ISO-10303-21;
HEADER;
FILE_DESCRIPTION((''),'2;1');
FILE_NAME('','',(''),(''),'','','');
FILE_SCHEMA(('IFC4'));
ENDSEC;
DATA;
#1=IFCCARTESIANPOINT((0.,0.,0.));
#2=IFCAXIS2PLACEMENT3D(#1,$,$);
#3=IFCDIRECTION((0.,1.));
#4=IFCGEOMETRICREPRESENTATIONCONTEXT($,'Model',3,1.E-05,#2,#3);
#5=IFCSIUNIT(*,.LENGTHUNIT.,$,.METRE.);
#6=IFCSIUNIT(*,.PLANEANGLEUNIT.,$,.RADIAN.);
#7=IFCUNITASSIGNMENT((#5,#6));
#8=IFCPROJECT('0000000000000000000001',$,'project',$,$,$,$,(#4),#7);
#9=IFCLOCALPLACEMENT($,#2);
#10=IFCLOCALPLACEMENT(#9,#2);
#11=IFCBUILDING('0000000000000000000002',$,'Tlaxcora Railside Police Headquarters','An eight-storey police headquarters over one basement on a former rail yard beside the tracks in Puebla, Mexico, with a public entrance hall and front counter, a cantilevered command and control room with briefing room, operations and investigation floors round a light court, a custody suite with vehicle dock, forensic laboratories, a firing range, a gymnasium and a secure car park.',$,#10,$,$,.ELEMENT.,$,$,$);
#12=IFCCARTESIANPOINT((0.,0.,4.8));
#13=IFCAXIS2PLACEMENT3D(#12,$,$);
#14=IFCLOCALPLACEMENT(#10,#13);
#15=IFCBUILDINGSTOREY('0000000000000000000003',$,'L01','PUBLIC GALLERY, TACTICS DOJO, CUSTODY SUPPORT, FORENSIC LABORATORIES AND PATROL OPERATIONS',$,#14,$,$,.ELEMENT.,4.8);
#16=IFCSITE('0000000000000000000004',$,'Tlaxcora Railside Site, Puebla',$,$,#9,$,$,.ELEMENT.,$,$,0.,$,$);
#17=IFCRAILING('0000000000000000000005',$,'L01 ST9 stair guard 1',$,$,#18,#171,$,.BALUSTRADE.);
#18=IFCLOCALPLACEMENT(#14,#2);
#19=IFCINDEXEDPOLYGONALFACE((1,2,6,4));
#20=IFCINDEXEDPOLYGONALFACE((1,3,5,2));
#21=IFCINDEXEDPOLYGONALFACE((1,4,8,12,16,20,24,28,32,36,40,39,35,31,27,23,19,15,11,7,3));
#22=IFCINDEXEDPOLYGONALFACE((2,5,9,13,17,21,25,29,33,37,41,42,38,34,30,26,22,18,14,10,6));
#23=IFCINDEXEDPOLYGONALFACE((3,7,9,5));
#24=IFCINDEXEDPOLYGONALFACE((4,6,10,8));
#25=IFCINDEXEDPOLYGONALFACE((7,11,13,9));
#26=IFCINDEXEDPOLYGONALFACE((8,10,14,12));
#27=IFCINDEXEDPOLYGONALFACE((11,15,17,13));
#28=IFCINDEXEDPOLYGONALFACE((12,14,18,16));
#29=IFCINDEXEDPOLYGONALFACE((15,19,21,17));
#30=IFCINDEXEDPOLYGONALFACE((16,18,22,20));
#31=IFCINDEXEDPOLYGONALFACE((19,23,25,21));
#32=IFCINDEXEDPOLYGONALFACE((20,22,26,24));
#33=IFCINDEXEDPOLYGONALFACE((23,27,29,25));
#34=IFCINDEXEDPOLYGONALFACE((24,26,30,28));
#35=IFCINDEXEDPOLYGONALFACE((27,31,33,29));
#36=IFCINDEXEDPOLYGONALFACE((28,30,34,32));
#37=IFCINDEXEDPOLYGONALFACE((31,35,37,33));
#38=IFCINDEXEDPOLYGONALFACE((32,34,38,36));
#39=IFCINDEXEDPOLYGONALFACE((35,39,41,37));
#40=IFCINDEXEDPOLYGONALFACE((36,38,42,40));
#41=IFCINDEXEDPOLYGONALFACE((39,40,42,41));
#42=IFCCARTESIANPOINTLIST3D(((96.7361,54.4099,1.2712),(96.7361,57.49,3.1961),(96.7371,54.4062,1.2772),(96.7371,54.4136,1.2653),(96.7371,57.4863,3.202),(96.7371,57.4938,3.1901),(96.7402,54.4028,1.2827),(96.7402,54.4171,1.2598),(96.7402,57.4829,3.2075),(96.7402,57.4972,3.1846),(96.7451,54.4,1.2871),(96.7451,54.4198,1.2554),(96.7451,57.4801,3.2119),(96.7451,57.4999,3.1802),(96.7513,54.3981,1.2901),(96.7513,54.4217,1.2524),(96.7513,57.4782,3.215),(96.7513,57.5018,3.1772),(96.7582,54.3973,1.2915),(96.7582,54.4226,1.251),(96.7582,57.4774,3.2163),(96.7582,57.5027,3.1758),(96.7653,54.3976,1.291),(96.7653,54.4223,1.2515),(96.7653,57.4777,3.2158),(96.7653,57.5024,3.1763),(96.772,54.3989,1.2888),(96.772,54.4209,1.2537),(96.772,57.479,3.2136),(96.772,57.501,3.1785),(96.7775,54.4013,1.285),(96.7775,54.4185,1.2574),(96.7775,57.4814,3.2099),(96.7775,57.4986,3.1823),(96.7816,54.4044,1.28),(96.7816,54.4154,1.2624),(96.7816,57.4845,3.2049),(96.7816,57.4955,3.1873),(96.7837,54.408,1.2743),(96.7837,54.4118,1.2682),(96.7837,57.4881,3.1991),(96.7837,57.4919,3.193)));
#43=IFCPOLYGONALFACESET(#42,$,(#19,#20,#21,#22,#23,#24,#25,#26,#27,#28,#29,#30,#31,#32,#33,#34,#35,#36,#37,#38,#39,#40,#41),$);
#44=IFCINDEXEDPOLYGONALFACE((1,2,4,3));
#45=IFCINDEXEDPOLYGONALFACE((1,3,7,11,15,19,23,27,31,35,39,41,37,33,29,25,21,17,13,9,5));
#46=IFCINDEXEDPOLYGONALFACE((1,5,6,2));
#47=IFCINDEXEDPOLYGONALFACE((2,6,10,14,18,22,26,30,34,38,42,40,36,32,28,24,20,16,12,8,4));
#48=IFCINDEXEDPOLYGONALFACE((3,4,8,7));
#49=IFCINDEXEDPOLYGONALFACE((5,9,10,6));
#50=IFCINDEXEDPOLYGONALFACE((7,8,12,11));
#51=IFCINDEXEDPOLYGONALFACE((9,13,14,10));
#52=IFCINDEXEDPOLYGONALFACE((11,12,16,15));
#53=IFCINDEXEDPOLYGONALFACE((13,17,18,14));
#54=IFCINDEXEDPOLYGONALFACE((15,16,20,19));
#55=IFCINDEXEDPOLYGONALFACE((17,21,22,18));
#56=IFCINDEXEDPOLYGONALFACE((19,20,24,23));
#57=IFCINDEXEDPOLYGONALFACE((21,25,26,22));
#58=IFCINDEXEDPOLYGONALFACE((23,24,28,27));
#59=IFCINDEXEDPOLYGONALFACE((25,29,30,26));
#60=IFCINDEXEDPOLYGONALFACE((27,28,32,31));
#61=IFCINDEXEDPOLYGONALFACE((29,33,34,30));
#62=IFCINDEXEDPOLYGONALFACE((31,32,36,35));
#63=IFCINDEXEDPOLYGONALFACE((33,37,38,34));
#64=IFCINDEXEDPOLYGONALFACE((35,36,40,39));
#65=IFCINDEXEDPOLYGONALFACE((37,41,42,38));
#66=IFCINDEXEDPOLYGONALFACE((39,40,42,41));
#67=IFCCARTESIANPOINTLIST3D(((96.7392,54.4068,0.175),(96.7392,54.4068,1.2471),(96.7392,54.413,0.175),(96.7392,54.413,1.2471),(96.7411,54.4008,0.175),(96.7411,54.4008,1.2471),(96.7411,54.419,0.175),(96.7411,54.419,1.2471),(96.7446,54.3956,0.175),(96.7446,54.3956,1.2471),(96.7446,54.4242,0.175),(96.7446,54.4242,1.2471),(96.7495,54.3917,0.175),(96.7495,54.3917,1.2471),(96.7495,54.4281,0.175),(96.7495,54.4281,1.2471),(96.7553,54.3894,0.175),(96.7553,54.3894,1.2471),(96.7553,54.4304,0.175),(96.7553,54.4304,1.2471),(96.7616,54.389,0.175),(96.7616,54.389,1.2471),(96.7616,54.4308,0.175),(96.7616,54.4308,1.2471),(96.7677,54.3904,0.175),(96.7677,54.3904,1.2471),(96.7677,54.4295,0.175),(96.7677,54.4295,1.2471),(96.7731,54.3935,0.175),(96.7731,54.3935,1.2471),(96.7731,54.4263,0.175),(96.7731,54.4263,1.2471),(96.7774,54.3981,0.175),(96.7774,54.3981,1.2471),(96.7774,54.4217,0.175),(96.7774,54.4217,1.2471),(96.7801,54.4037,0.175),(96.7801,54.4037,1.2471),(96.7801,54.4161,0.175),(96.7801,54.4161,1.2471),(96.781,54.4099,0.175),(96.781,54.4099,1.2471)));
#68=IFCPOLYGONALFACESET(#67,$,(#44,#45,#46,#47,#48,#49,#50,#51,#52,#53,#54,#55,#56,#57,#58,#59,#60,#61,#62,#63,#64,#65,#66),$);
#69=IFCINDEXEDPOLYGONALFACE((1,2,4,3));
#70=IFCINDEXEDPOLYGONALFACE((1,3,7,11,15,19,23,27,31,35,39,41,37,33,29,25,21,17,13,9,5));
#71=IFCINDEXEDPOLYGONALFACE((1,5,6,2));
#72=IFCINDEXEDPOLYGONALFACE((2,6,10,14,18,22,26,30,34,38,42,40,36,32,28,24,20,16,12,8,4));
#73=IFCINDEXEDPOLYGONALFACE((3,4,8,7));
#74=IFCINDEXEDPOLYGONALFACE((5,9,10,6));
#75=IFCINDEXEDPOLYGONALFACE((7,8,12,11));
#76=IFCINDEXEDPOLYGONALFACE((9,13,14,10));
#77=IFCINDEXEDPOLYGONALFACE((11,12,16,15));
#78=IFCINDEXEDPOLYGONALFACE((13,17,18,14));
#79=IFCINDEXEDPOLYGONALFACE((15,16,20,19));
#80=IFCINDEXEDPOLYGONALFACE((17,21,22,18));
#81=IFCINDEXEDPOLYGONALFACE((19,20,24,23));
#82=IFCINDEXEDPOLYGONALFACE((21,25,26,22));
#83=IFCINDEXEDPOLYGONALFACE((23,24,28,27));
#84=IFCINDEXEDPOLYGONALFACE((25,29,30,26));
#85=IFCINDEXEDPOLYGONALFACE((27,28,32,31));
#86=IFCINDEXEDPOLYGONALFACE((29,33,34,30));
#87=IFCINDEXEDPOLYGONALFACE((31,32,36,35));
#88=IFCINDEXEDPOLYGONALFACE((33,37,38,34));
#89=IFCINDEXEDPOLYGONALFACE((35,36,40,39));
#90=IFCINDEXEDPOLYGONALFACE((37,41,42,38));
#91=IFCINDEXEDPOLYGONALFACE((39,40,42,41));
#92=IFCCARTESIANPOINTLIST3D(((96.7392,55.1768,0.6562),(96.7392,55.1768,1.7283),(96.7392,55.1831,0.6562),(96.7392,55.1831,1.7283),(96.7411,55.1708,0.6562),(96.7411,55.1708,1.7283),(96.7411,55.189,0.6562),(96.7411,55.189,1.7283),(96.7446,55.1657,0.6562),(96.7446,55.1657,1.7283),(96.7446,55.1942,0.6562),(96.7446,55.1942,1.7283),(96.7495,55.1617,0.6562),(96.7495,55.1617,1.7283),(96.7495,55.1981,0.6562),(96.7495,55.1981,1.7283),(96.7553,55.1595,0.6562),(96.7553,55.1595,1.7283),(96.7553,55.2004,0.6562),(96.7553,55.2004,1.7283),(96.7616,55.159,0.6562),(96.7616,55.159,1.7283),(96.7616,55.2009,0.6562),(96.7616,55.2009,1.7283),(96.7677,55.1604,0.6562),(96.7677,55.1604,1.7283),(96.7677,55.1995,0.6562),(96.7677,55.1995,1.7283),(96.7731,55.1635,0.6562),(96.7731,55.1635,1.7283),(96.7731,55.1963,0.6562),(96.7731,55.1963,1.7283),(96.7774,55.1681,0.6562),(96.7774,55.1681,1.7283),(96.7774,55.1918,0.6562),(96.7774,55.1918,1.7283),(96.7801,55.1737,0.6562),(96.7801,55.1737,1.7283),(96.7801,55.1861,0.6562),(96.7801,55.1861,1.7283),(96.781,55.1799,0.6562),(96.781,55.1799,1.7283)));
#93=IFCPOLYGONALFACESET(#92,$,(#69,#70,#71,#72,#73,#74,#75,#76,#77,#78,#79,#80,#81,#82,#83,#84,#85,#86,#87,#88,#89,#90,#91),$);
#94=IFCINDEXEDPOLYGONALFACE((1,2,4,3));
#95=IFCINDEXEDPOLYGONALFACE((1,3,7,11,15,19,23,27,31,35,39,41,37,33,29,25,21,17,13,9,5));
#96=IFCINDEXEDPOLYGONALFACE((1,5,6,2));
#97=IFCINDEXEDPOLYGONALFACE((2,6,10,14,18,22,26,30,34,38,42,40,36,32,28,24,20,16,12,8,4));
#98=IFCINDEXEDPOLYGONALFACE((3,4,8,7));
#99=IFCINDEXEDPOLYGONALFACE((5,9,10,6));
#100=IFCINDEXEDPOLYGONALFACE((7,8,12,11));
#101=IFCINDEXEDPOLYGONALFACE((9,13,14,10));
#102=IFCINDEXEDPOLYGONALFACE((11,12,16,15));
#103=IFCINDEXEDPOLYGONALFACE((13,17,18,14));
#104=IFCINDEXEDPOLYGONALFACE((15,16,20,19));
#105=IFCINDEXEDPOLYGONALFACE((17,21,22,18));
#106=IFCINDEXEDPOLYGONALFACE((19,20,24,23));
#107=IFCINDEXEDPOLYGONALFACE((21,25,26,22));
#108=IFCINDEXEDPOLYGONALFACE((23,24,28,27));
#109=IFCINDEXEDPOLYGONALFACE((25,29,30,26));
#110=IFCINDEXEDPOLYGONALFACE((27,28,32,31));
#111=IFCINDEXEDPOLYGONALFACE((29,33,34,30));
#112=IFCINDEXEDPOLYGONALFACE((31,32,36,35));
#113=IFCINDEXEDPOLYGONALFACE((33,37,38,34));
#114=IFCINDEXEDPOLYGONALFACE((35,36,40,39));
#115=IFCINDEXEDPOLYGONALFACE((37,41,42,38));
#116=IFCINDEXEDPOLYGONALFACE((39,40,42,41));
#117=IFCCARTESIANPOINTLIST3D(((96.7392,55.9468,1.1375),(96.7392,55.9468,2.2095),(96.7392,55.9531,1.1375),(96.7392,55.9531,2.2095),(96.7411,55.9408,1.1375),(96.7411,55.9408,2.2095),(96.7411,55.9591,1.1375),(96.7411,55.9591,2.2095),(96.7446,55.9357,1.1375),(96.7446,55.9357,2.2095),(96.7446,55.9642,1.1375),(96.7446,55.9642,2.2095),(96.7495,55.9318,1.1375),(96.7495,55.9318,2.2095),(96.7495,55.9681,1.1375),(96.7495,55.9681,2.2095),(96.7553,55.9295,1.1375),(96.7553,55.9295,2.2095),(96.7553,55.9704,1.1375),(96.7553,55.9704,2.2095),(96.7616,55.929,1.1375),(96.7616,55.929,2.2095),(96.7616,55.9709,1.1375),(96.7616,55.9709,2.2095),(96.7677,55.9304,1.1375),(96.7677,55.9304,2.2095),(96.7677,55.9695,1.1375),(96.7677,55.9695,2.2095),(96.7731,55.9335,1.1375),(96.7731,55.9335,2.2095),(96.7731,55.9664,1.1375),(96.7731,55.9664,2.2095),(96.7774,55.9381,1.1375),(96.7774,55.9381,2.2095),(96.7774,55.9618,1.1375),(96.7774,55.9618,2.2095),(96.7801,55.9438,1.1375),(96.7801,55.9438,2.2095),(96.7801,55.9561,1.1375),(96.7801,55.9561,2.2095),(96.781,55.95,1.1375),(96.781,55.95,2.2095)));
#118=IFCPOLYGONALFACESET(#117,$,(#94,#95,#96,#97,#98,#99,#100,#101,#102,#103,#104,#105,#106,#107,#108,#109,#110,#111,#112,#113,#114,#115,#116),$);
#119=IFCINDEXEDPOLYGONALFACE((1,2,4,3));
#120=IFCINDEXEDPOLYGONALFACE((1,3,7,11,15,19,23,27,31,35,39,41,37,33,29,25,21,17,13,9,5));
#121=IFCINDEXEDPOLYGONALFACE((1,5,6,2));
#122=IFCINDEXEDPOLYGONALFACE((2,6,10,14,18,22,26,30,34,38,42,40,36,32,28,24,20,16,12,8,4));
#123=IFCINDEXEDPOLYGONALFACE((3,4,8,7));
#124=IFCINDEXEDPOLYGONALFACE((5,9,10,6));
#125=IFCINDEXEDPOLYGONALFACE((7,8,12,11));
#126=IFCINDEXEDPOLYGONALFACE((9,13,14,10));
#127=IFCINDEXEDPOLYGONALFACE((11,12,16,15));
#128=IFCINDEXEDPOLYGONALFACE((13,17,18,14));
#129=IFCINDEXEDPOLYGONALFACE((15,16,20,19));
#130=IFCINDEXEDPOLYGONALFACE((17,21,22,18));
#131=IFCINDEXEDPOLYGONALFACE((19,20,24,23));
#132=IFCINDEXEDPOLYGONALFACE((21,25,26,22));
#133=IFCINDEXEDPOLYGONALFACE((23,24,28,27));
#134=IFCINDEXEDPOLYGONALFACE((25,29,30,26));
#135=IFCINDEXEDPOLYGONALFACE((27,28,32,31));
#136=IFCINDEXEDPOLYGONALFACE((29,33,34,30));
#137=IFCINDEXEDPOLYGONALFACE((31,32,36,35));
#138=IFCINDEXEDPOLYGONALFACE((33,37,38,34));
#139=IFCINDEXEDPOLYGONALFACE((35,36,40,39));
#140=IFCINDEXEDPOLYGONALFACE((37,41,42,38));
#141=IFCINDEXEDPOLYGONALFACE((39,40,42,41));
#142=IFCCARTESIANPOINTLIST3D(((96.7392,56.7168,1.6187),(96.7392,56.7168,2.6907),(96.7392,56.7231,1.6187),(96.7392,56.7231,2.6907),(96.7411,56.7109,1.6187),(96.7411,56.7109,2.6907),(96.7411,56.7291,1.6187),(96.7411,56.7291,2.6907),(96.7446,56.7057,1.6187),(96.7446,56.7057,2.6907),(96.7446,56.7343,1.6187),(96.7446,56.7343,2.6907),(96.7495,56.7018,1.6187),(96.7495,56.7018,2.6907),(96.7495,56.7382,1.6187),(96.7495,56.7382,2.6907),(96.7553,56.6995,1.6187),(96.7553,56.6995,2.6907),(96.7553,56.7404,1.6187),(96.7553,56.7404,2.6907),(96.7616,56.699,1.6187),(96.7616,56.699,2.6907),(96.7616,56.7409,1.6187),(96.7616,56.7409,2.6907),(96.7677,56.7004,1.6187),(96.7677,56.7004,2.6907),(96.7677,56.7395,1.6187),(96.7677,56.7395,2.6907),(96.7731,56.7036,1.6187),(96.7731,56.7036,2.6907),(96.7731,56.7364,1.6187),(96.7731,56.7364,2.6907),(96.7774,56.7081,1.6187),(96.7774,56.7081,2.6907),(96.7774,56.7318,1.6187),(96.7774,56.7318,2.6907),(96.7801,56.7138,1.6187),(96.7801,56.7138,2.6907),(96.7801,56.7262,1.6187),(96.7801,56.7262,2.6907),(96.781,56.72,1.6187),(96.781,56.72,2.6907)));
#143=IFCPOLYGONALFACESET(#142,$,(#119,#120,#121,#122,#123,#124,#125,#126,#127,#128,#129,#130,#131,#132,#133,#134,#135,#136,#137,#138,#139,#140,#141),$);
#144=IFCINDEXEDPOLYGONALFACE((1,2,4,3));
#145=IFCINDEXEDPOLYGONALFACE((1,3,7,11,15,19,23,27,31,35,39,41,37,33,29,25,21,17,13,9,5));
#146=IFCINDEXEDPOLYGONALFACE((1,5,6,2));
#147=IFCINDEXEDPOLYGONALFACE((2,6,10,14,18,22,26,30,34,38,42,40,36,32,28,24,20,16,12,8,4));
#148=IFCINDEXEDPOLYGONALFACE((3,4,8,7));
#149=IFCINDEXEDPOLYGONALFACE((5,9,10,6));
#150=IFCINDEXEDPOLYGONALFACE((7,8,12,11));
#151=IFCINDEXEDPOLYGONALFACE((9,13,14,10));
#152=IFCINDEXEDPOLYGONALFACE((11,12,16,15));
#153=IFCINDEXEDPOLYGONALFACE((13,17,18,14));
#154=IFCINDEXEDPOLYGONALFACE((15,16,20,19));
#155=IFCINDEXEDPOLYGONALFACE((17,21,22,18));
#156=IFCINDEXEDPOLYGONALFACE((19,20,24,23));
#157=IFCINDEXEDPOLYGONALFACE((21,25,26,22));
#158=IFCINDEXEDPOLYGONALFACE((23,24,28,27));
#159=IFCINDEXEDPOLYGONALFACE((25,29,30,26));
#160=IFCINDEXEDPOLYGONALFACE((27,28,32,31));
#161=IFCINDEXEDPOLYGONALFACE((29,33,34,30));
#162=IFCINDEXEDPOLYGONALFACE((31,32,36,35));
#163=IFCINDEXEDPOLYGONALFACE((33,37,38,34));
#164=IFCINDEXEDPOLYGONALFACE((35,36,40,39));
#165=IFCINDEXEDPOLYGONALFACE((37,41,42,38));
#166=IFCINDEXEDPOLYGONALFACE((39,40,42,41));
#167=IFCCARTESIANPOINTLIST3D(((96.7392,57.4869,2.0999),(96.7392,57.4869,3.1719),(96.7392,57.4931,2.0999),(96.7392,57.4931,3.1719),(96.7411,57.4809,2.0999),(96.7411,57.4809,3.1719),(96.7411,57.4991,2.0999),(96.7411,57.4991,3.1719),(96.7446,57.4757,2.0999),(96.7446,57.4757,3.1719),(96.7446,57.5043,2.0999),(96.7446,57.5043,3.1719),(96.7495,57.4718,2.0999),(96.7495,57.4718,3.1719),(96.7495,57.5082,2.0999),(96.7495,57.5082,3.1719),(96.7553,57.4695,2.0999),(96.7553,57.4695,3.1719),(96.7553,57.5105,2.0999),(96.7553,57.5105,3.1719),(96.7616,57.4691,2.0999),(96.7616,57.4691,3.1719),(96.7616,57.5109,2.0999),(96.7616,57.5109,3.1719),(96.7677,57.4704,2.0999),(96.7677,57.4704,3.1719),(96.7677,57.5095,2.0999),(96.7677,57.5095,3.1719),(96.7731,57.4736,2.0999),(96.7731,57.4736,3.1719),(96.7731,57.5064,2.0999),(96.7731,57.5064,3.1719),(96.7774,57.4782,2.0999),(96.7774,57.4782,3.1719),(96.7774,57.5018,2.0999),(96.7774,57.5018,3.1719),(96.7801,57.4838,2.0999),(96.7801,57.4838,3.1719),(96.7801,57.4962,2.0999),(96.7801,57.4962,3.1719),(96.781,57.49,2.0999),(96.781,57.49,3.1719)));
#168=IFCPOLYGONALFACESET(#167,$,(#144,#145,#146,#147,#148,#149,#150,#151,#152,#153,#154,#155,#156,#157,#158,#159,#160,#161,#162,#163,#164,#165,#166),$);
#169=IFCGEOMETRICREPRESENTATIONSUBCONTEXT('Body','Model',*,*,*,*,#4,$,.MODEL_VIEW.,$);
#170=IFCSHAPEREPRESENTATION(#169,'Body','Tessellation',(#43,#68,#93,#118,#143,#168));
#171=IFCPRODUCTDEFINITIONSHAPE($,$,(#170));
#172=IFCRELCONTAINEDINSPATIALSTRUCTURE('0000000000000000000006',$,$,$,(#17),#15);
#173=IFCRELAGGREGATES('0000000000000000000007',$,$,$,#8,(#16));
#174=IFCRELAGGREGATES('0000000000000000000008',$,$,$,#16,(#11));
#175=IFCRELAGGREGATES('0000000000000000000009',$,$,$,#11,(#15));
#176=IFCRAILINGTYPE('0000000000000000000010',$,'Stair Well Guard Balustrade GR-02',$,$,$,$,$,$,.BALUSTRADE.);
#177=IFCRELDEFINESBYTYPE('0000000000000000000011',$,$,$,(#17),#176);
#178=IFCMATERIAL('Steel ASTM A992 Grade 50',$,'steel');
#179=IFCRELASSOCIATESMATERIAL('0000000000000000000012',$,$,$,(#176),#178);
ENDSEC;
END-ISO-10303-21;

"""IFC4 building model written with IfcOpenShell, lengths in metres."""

from ifc_helpers import new_model, si_unit, direction, frame, origin, origin_2d, place, context, subcontext, project, spatial, circle, extrude, material, type_object, element, save


model = new_model("IFC4")

# Units and contexts
model_context = context("Model", 3, precision=1e-05, world=origin(), true_north=direction((0.0, 1.0)))
body_context = subcontext(model_context, "Body", "Model", "MODEL_VIEW")
ifc_project = project(units=[si_unit("LENGTHUNIT", "METRE"), si_unit("PLANEANGLEUNIT", "RADIAN")], contexts=[model_context])

# Site, building, storey
site_placement = place(None, origin())
site = spatial("IfcSite", under=ifc_project, at=site_placement, Name="Tlaxcora Railside Site, Puebla", CompositionType="ELEMENT", RefElevation=0.0)
building_placement = place(site_placement, origin())
building = spatial("IfcBuilding", under=site, at=building_placement, Name="Tlaxcora Railside Police Headquarters", Description="An eight-storey police headquarters over one basement on a former rail yard beside the tracks in Puebla, Mexico, with a public entrance hall and front counter, a cantilevered command and control room with briefing room, operations and investigation floors round a light court, a custody suite with vehicle dock, forensic laboratories, a firing range, a gymnasium and a secure car park.", CompositionType="ELEMENT")
storey_placement = place(building_placement, frame((0.0, 0.0, 4.8)))
storey = spatial("IfcBuildingStorey", under=building, at=storey_placement, Name="L01", Description="PUBLIC GALLERY, TACTICS DOJO, CUSTODY SUPPORT, FORENSIC LABORATORIES AND PATROL OPERATIONS", CompositionType="ELEMENT", Elevation=4.8)

# Shared definitions
ifc_material_1 = material(Name="Steel ASTM A992 Grade 50", Category="steel")

# Railing
railing_type_1 = type_object("IfcRailingType", Name="Stair Well Guard Balustrade GR-02", PredefinedType="BALUSTRADE", material=ifc_material_1)
railing_1_placement = place(storey_placement, frame((96.76, 54.4099, 0.175)))
element("IfcRailing", 1, at=railing_1_placement, inside=storey, type_object=railing_type_1, Name="L01 ST9 stair guard 1", PredefinedType="BALUSTRADE", context=body_context, shape_type="SweptSolid", body=[
    extrude(circle(Radius=0.0239, at=origin_2d()), frame((0.0, 0.0, 1.0962), z_axis=(0.0, 0.848029, 0.529951), x_axis=(-1.0, 0.0, 0.0)), (0.0, 0.0, 1.0), 3.6321),
    extrude(circle(Radius=0.021, at=origin_2d()), origin(), (0.0, 0.0, 1.0), 1.072),
    extrude(circle(Radius=0.021, at=origin_2d()), frame((0.0, 0.77, 0.4812)), (0.0, 0.0, 1.0), 1.072),
    extrude(circle(Radius=0.021, at=origin_2d()), frame((0.0, 1.54, 0.9624)), (0.0, 0.0, 1.0), 1.072),
    extrude(circle(Radius=0.021, at=origin_2d()), frame((0.0, 2.3101, 1.4436)), (0.0, 0.0, 1.0), 1.072),
    extrude(circle(Radius=0.021, at=origin_2d()), frame((0.0, 3.0801, 1.9248)), (0.0, 0.0, 1.0), 1.072),
])

save(model, "model.ifc")
